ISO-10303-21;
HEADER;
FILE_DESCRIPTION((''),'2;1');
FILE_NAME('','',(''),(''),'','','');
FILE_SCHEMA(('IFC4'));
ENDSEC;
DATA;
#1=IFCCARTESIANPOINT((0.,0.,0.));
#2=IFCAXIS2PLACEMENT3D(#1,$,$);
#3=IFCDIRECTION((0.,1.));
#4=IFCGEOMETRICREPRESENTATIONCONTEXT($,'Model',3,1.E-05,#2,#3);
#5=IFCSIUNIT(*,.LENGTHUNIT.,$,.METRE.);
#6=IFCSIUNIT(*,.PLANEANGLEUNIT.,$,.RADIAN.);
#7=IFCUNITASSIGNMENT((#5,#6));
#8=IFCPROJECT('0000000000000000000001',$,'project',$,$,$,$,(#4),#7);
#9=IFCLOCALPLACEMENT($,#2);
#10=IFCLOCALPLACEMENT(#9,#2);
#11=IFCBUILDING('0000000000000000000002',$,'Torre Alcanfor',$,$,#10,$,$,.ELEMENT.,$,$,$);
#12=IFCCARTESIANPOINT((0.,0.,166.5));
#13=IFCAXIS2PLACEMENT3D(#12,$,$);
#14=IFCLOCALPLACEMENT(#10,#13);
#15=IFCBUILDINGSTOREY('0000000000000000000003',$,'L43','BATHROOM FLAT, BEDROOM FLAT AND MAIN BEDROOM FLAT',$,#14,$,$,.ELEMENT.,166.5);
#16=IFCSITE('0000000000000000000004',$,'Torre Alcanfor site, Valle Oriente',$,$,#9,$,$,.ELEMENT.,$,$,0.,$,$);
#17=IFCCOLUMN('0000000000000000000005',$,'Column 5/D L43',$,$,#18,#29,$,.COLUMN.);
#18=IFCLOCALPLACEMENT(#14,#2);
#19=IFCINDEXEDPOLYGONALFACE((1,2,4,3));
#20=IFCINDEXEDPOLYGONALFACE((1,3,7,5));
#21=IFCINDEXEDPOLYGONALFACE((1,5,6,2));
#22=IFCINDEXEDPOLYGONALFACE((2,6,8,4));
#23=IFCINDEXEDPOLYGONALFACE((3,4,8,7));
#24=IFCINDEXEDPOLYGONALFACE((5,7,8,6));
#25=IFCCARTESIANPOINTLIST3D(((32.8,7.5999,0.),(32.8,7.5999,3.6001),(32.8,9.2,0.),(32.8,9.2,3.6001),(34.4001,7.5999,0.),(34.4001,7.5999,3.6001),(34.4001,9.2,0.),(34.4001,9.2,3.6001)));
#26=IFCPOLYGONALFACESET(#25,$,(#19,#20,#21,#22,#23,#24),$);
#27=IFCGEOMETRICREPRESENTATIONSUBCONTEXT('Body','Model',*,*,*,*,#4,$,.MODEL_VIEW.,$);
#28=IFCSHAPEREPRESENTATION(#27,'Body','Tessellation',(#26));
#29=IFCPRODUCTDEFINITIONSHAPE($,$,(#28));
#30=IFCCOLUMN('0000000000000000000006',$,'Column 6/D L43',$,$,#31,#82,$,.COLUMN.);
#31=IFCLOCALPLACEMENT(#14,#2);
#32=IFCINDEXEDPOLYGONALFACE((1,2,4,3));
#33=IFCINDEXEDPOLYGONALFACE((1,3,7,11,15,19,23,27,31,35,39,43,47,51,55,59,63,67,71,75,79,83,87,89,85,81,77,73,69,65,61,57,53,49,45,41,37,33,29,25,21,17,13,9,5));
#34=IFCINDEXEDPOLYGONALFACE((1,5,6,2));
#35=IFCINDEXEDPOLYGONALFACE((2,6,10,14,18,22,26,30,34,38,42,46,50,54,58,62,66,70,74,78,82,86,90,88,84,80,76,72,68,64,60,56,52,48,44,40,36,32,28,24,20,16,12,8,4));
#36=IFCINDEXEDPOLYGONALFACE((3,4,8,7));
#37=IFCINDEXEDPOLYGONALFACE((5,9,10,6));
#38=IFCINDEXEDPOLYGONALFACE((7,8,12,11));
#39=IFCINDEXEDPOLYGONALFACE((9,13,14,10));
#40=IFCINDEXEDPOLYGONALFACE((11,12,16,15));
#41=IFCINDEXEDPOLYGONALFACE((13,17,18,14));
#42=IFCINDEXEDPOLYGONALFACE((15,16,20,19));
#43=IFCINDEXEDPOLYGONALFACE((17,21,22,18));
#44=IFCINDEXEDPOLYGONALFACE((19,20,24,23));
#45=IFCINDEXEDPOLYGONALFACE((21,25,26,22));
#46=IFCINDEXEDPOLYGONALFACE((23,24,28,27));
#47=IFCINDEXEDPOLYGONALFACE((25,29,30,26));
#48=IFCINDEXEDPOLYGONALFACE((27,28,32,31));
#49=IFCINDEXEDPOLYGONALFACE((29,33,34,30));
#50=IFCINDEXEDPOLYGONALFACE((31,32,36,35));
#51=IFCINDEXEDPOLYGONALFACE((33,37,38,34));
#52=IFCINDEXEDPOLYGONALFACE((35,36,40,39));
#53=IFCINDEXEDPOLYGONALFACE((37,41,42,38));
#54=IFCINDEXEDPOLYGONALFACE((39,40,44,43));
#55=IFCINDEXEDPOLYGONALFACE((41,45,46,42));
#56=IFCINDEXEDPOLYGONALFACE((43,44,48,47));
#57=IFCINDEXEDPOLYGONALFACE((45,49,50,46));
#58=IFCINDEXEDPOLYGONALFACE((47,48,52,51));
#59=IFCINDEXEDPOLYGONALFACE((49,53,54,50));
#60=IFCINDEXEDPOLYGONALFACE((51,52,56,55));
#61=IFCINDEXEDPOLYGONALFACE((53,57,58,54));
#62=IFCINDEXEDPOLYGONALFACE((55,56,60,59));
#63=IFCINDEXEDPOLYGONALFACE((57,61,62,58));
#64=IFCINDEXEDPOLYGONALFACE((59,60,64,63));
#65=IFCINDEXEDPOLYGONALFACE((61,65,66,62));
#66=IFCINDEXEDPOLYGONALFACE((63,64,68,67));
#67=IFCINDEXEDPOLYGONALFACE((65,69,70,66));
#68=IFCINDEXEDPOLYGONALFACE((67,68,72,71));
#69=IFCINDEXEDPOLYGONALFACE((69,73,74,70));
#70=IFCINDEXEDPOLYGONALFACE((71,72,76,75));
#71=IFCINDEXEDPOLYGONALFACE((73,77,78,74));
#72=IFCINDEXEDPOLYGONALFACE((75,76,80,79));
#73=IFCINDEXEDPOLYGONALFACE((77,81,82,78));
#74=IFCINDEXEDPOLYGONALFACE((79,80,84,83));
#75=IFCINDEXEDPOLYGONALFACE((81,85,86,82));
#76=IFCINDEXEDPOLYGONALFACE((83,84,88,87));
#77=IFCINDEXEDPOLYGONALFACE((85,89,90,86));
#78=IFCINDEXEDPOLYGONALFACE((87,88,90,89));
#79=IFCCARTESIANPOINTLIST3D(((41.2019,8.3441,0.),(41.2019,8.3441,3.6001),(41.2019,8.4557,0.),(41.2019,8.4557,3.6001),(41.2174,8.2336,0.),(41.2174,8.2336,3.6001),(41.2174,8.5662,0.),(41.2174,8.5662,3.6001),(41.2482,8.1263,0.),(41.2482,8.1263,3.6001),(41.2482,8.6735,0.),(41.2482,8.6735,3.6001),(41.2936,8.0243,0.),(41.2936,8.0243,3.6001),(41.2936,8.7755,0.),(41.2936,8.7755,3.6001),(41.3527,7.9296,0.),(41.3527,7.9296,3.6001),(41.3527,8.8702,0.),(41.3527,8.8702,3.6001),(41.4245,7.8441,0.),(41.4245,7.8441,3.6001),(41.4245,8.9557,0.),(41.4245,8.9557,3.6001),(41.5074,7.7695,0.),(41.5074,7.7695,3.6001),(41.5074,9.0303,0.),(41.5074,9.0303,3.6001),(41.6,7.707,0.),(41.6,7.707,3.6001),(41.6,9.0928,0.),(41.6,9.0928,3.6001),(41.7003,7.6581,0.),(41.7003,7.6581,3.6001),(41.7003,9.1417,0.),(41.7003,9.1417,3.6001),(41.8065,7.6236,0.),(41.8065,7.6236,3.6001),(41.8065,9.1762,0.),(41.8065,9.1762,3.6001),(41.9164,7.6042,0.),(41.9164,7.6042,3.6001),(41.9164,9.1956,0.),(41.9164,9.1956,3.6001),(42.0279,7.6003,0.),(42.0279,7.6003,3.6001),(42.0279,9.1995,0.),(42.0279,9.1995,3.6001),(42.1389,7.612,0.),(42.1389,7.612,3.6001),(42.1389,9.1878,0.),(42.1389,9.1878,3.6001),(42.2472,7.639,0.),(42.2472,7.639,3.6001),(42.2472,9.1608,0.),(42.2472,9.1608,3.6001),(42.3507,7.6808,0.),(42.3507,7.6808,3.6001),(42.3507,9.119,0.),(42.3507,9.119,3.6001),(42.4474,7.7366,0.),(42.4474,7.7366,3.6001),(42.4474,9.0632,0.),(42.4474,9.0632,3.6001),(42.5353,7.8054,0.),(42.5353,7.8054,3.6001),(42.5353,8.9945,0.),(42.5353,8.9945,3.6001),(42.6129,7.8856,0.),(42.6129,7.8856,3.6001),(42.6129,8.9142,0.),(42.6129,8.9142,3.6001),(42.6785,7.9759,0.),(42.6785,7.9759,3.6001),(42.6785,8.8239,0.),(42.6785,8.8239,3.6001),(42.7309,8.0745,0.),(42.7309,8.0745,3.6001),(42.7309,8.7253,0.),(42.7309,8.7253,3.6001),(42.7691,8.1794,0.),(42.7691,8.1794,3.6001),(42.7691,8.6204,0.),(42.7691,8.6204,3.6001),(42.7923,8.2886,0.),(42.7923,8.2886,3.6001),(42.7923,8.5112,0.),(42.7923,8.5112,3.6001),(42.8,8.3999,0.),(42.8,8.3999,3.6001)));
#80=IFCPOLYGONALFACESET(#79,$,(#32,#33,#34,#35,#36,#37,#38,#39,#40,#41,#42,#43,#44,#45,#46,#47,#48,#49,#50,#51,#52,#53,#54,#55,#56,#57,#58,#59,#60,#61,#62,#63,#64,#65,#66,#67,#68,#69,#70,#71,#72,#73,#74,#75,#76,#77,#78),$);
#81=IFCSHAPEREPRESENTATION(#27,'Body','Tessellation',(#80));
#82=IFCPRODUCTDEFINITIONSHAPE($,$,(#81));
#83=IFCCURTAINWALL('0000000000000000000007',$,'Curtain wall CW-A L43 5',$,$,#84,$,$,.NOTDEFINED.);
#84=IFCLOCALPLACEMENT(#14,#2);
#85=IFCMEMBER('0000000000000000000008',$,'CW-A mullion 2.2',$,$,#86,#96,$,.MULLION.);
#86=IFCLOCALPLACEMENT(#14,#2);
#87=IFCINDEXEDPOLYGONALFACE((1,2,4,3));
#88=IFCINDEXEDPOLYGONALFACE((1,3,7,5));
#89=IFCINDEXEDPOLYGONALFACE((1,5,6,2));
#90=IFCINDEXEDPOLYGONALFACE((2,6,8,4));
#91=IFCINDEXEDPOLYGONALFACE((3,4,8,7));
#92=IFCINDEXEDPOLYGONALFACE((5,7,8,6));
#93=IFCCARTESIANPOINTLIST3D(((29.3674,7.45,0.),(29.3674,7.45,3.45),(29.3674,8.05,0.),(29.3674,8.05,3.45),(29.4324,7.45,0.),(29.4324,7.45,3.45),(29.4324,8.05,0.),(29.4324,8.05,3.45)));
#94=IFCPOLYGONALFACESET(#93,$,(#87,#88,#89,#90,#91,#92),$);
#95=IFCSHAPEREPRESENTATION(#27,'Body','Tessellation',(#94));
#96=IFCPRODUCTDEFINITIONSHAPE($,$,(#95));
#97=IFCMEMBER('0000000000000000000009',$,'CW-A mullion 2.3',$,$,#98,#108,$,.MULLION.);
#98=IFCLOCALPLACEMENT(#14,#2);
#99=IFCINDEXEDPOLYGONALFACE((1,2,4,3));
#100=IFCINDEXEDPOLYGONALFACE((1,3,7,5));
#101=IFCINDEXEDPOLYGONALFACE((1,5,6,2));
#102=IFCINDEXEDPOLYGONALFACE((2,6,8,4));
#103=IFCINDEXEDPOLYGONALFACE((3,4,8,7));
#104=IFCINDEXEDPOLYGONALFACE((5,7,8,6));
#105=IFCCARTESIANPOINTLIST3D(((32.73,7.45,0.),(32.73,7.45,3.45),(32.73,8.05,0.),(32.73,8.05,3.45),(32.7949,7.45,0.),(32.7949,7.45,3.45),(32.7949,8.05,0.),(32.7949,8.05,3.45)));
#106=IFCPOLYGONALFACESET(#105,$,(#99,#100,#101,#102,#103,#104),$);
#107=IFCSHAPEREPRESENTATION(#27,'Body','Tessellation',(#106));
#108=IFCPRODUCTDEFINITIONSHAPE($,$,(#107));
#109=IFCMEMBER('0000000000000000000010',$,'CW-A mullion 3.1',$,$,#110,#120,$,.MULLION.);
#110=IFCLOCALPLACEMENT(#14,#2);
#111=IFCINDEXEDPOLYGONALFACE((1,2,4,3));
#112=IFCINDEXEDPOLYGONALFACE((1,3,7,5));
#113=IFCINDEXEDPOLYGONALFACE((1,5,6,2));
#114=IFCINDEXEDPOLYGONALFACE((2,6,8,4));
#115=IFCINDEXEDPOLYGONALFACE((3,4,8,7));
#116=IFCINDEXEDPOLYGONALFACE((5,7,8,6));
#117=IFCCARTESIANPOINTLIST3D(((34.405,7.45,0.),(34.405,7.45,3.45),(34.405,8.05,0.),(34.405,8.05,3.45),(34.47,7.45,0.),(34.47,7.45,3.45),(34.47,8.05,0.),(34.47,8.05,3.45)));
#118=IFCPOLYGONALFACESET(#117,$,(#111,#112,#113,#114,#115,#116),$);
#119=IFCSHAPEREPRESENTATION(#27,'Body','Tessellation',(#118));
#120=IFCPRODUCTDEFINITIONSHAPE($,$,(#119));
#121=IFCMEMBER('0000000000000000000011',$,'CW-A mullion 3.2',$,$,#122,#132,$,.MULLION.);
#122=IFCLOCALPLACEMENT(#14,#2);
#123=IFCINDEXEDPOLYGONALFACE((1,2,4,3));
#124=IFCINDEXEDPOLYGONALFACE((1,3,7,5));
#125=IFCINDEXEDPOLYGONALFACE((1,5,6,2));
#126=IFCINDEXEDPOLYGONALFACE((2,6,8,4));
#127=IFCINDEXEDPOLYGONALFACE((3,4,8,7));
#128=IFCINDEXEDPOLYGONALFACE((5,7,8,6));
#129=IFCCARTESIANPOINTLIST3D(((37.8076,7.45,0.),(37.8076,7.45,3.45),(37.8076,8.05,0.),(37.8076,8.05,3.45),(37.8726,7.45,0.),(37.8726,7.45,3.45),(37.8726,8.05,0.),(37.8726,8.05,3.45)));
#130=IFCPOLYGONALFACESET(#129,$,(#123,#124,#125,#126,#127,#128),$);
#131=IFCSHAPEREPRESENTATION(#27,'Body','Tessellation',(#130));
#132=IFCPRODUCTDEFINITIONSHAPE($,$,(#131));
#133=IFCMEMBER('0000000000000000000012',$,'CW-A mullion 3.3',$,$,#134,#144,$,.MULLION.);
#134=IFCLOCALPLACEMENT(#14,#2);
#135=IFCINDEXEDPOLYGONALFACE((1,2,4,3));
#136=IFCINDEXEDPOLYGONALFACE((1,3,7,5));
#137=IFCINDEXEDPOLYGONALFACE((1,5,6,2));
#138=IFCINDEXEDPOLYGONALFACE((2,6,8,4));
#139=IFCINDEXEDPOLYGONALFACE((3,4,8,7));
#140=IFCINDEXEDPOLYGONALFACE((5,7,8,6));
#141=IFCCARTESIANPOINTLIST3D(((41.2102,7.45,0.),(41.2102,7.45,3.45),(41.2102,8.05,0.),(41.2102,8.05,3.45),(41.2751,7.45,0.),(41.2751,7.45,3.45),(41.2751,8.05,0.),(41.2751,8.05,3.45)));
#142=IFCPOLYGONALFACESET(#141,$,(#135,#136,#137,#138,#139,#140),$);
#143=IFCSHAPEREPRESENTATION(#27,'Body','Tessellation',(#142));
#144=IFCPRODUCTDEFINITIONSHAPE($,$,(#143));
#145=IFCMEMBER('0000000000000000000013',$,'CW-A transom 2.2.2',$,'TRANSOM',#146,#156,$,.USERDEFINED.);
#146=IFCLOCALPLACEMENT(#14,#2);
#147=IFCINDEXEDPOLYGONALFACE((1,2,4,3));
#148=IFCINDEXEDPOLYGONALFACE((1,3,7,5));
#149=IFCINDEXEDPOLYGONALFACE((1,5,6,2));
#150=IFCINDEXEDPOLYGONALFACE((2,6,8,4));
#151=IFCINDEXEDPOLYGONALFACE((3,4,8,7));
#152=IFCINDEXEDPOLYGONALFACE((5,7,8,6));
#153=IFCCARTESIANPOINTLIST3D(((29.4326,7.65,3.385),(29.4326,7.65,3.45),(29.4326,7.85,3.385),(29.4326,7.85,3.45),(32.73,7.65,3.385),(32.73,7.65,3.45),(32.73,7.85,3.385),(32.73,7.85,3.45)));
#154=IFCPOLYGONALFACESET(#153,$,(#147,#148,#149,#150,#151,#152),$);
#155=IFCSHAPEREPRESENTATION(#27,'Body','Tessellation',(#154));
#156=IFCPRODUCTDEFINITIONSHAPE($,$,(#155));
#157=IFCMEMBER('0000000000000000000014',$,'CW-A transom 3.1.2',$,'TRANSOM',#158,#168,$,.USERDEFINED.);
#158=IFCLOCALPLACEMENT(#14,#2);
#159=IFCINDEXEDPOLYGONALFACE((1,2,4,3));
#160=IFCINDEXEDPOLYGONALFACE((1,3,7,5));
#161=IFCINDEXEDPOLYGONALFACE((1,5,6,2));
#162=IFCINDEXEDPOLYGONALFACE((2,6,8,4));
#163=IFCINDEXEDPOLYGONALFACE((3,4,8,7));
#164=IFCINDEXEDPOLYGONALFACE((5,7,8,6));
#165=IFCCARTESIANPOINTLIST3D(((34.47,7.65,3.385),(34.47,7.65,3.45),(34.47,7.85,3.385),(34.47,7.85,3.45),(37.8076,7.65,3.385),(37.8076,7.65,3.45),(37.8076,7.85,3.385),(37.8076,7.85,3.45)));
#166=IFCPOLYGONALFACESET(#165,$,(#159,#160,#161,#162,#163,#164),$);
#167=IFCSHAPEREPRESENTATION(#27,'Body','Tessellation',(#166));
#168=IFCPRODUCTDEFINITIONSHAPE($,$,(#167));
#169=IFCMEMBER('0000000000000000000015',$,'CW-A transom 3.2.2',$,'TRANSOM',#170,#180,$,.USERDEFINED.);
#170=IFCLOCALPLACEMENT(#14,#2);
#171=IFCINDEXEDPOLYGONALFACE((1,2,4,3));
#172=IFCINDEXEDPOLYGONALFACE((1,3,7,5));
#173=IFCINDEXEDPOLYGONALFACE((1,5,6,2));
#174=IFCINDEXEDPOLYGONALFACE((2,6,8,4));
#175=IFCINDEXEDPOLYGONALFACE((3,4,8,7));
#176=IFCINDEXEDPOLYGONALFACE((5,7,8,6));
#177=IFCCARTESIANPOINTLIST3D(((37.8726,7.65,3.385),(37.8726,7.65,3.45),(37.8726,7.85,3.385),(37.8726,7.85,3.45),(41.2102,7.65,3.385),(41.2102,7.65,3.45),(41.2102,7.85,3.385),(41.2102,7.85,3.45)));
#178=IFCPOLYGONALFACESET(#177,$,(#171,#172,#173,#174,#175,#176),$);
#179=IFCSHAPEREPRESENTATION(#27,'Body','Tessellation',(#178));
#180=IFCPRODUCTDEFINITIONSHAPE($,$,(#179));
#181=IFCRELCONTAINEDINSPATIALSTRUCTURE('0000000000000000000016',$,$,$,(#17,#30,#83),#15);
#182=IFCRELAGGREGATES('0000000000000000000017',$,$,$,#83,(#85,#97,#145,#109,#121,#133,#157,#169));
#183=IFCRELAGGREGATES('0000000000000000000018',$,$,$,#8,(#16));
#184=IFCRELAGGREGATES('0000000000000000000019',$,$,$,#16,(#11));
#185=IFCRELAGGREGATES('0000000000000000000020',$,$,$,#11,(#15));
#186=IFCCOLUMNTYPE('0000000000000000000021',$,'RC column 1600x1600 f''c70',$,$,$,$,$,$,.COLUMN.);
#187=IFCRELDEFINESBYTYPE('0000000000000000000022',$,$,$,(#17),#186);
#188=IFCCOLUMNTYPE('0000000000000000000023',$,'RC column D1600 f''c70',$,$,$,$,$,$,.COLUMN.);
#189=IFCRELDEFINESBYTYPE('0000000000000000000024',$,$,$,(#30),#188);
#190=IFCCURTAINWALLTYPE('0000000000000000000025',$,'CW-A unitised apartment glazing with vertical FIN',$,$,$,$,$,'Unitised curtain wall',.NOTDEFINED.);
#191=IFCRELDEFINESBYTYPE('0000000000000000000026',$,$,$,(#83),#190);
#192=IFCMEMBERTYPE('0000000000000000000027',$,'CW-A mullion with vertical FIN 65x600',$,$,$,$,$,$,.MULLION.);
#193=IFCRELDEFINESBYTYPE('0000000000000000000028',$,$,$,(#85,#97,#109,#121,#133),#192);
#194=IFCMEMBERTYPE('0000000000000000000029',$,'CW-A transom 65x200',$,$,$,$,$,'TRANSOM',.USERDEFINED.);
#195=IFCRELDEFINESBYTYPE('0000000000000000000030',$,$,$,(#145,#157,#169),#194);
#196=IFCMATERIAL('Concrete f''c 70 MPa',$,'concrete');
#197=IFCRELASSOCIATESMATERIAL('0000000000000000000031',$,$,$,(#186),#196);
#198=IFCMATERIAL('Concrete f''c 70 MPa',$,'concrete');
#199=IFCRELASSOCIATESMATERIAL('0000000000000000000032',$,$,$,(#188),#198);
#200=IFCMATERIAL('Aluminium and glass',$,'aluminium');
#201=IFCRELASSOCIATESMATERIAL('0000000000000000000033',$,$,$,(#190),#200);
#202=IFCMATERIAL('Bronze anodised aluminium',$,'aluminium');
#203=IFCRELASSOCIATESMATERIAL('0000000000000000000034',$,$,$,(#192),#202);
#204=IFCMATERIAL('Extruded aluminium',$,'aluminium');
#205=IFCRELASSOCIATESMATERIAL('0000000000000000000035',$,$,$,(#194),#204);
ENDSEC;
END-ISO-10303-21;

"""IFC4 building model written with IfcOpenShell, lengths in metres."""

from ifc_helpers import new_model, si_unit, direction, frame, origin, origin_2d, place, context, subcontext, project, spatial, rectangle, circle, extrude, material, material_profile, profile_set, type_object, element, aggregate, save


model = new_model("IFC4")

# Units and contexts
model_context = context("Model", 3, precision=1e-05, world=origin(), true_north=direction((0.0, 1.0)))
body_context = subcontext(model_context, "Body", "Model", "MODEL_VIEW")
ifc_project = project(units=[si_unit("LENGTHUNIT", "METRE"), si_unit("PLANEANGLEUNIT", "RADIAN")], contexts=[model_context])

# Site, building, storey
site_placement = place(None, origin())
site = spatial("IfcSite", under=ifc_project, at=site_placement, Name="Torre Alcanfor site, Valle Oriente", CompositionType="ELEMENT", RefElevation=0.0)
building_placement = place(site_placement, origin())
building = spatial("IfcBuilding", under=site, at=building_placement, Name="Torre Alcanfor", CompositionType="ELEMENT")
storey_placement = place(building_placement, frame((0.0, 0.0, 166.5)))
storey = spatial("IfcBuildingStorey", under=building, at=storey_placement, Name="L43", Description="BATHROOM FLAT, BEDROOM FLAT AND MAIN BEDROOM FLAT", CompositionType="ELEMENT", Elevation=166.5)

# Columns
ifc_material_1 = material(Name="Concrete f'c 70 MPa", Category="concrete")
ifc_material_profile_1 = material_profile(ifc_material_1, rectangle(XDim=1.6001, YDim=1.6001, at=origin_2d()), Name="1600x1600")
ifc_profile_set_1 = profile_set([ifc_material_profile_1], Name="Concrete f'c 70 MPa")
column_type_1 = type_object("IfcColumnType", Name="RC column 1600x1600 f'c70", PredefinedType="COLUMN", material=ifc_profile_set_1)
column_1_placement = place(storey_placement, frame((33.6001, 8.3999, 0.0), z_axis=(0.0, 0.0, 1.0), x_axis=(1.0, 0.0, 0.0)))
element("IfcColumn", 1, at=column_1_placement, inside=storey, type_object=column_type_1, Name="Column 5/D L43", PredefinedType="COLUMN", context=body_context, shape_type="SweptSolid", body=[
    extrude(rectangle(XDim=1.6001, YDim=1.6001, at=origin_2d()), origin(), (0.0, 0.0, 1.0), 3.6001),
])
ifc_material_2 = material(Name="Concrete f'c 70 MPa", Category="concrete")
ifc_material_profile_2 = material_profile(ifc_material_2, circle(Radius=0.8, at=origin_2d()), Name="D1600")
ifc_profile_set_2 = profile_set([ifc_material_profile_2], Name="Concrete f'c 70 MPa")
column_type_2 = type_object("IfcColumnType", Name="RC column D1600 f'c70", PredefinedType="COLUMN", material=ifc_profile_set_2)
column_2_placement = place(storey_placement, frame((42.0, 8.3999, 0.0), z_axis=(0.0, 0.0, 1.0), x_axis=(1.0, 0.0, 0.0)))
element("IfcColumn", 2, at=column_2_placement, inside=storey, type_object=column_type_2, Name="Column 6/D L43", PredefinedType="COLUMN", context=body_context, shape_type="SweptSolid", body=[
    extrude(circle(Radius=0.8, at=origin_2d()), origin(), (0.0, 0.0, 1.0), 3.6001),
])

# Curtain wall, members
ifc_material_3 = material(Name="Aluminium and glass", Category="aluminium")
curtain_wall_type = type_object("IfcCurtainWallType", Name="CW-A unitised apartment glazing with vertical FIN", ElementType="Unitised curtain wall", PredefinedType="NOTDEFINED", material=ifc_material_3)
curtain_wall_placement = place(storey_placement, origin())
curtain_wall = element("IfcCurtainWall", 3, at=curtain_wall_placement, inside=storey, type_object=curtain_wall_type, Name="Curtain wall CW-A L43 5", PredefinedType="NOTDEFINED")
ifc_material_4 = material(Name="Bronze anodised aluminium", Category="aluminium")
ifc_material_profile_3 = material_profile(ifc_material_4, rectangle(XDim=0.6001, YDim=0.0649, at=origin_2d()), Name="CW-A mullion 65x600")
ifc_profile_set_3 = profile_set([ifc_material_profile_3], Name="Bronze anodised aluminium")
member_type_1 = type_object("IfcMemberType", Name="CW-A mullion with vertical FIN 65x600", PredefinedType="MULLION", material=ifc_profile_set_3)
member_1_placement = place(storey_placement, frame((29.3999, 7.75, 0.0), z_axis=(0.0, 0.0, 1.0), x_axis=(0.0, 1.0, 0.0)))
member_1 = element("IfcMember", 4, at=member_1_placement, type_object=member_type_1, Name="CW-A mullion 2.2", PredefinedType="MULLION", context=body_context, shape_type="SweptSolid", body=[
    extrude(rectangle(XDim=0.6001, YDim=0.0649, at=origin_2d()), origin(), (0.0, 0.0, 1.0), 3.45),
])
member_2_placement = place(storey_placement, frame((32.7625, 7.75, 0.0), z_axis=(0.0, 0.0, 1.0), x_axis=(0.0, 1.0, 0.0)))
member_2 = element("IfcMember", 5, at=member_2_placement, type_object=member_type_1, Name="CW-A mullion 2.3", PredefinedType="MULLION", context=body_context, shape_type="SweptSolid", body=[
    extrude(rectangle(XDim=0.6001, YDim=0.0649, at=origin_2d()), origin(), (0.0, 0.0, 1.0), 3.45),
])
member_3_placement = place(storey_placement, frame((34.4375, 7.75, 0.0), z_axis=(0.0, 0.0, 1.0), x_axis=(0.0, 1.0, 0.0)))
member_3 = element("IfcMember", 6, at=member_3_placement, type_object=member_type_1, Name="CW-A mullion 3.1", PredefinedType="MULLION", context=body_context, shape_type="SweptSolid", body=[
    extrude(rectangle(XDim=0.6001, YDim=0.0649, at=origin_2d()), origin(), (0.0, 0.0, 1.0), 3.45),
])
member_4_placement = place(storey_placement, frame((37.8401, 7.75, 0.0), z_axis=(0.0, 0.0, 1.0), x_axis=(0.0, 1.0, 0.0)))
member_4 = element("IfcMember", 7, at=member_4_placement, type_object=member_type_1, Name="CW-A mullion 3.2", PredefinedType="MULLION", context=body_context, shape_type="SweptSolid", body=[
    extrude(rectangle(XDim=0.6001, YDim=0.0649, at=origin_2d()), origin(), (0.0, 0.0, 1.0), 3.45),
])
member_5_placement = place(storey_placement, frame((41.2427, 7.75, 0.0), z_axis=(0.0, 0.0, 1.0), x_axis=(0.0, 1.0, 0.0)))
member_5 = element("IfcMember", 8, at=member_5_placement, type_object=member_type_1, Name="CW-A mullion 3.3", PredefinedType="MULLION", context=body_context, shape_type="SweptSolid", body=[
    extrude(rectangle(XDim=0.6001, YDim=0.0649, at=origin_2d()), origin(), (0.0, 0.0, 1.0), 3.45),
])
ifc_material_5 = material(Name="Extruded aluminium", Category="aluminium")
ifc_material_profile_4 = material_profile(ifc_material_5, rectangle(XDim=0.2, YDim=0.0649, at=origin_2d()), Name="CW-A transom 200x65")
ifc_profile_set_4 = profile_set([ifc_material_profile_4], Name="Extruded aluminium")
member_type_2 = type_object("IfcMemberType", Name="CW-A transom 65x200", ElementType="TRANSOM", PredefinedType="USERDEFINED", material=ifc_profile_set_4)
member_6_placement = place(storey_placement, frame((29.4326, 7.75, 3.4175), z_axis=(1.0, 0.0, 0.0), x_axis=(0.0, 1.0, 0.0)))
member_6 = element("IfcMember", 9, at=member_6_placement, type_object=member_type_2, Name="CW-A transom 2.2.2", ObjectType="TRANSOM", PredefinedType="USERDEFINED", context=body_context, shape_type="SweptSolid", body=[
    extrude(rectangle(XDim=0.2, YDim=0.0649, at=origin_2d()), origin(), (0.0, 0.0, 1.0), 3.2974),
])
member_7_placement = place(storey_placement, frame((34.47, 7.75, 3.4175), z_axis=(1.0, 0.0, 0.0), x_axis=(0.0, 1.0, 0.0)))
member_7 = element("IfcMember", 10, at=member_7_placement, type_object=member_type_2, Name="CW-A transom 3.1.2", ObjectType="TRANSOM", PredefinedType="USERDEFINED", context=body_context, shape_type="SweptSolid", body=[
    extrude(rectangle(XDim=0.2, YDim=0.0649, at=origin_2d()), origin(), (0.0, 0.0, 1.0), 3.3376),
])
member_8_placement = place(storey_placement, frame((37.8726, 7.75, 3.4175), z_axis=(1.0, 0.0, 0.0), x_axis=(0.0, 1.0, 0.0)))
member_8 = element("IfcMember", 11, at=member_8_placement, type_object=member_type_2, Name="CW-A transom 3.2.2", ObjectType="TRANSOM", PredefinedType="USERDEFINED", context=body_context, shape_type="SweptSolid", body=[
    extrude(rectangle(XDim=0.2, YDim=0.0649, at=origin_2d()), origin(), (0.0, 0.0, 1.0), 3.3376),
])

aggregate(curtain_wall, [member_1, member_2, member_6, member_3, member_4, member_5, member_7, member_8])

save(model, "model.ifc")
